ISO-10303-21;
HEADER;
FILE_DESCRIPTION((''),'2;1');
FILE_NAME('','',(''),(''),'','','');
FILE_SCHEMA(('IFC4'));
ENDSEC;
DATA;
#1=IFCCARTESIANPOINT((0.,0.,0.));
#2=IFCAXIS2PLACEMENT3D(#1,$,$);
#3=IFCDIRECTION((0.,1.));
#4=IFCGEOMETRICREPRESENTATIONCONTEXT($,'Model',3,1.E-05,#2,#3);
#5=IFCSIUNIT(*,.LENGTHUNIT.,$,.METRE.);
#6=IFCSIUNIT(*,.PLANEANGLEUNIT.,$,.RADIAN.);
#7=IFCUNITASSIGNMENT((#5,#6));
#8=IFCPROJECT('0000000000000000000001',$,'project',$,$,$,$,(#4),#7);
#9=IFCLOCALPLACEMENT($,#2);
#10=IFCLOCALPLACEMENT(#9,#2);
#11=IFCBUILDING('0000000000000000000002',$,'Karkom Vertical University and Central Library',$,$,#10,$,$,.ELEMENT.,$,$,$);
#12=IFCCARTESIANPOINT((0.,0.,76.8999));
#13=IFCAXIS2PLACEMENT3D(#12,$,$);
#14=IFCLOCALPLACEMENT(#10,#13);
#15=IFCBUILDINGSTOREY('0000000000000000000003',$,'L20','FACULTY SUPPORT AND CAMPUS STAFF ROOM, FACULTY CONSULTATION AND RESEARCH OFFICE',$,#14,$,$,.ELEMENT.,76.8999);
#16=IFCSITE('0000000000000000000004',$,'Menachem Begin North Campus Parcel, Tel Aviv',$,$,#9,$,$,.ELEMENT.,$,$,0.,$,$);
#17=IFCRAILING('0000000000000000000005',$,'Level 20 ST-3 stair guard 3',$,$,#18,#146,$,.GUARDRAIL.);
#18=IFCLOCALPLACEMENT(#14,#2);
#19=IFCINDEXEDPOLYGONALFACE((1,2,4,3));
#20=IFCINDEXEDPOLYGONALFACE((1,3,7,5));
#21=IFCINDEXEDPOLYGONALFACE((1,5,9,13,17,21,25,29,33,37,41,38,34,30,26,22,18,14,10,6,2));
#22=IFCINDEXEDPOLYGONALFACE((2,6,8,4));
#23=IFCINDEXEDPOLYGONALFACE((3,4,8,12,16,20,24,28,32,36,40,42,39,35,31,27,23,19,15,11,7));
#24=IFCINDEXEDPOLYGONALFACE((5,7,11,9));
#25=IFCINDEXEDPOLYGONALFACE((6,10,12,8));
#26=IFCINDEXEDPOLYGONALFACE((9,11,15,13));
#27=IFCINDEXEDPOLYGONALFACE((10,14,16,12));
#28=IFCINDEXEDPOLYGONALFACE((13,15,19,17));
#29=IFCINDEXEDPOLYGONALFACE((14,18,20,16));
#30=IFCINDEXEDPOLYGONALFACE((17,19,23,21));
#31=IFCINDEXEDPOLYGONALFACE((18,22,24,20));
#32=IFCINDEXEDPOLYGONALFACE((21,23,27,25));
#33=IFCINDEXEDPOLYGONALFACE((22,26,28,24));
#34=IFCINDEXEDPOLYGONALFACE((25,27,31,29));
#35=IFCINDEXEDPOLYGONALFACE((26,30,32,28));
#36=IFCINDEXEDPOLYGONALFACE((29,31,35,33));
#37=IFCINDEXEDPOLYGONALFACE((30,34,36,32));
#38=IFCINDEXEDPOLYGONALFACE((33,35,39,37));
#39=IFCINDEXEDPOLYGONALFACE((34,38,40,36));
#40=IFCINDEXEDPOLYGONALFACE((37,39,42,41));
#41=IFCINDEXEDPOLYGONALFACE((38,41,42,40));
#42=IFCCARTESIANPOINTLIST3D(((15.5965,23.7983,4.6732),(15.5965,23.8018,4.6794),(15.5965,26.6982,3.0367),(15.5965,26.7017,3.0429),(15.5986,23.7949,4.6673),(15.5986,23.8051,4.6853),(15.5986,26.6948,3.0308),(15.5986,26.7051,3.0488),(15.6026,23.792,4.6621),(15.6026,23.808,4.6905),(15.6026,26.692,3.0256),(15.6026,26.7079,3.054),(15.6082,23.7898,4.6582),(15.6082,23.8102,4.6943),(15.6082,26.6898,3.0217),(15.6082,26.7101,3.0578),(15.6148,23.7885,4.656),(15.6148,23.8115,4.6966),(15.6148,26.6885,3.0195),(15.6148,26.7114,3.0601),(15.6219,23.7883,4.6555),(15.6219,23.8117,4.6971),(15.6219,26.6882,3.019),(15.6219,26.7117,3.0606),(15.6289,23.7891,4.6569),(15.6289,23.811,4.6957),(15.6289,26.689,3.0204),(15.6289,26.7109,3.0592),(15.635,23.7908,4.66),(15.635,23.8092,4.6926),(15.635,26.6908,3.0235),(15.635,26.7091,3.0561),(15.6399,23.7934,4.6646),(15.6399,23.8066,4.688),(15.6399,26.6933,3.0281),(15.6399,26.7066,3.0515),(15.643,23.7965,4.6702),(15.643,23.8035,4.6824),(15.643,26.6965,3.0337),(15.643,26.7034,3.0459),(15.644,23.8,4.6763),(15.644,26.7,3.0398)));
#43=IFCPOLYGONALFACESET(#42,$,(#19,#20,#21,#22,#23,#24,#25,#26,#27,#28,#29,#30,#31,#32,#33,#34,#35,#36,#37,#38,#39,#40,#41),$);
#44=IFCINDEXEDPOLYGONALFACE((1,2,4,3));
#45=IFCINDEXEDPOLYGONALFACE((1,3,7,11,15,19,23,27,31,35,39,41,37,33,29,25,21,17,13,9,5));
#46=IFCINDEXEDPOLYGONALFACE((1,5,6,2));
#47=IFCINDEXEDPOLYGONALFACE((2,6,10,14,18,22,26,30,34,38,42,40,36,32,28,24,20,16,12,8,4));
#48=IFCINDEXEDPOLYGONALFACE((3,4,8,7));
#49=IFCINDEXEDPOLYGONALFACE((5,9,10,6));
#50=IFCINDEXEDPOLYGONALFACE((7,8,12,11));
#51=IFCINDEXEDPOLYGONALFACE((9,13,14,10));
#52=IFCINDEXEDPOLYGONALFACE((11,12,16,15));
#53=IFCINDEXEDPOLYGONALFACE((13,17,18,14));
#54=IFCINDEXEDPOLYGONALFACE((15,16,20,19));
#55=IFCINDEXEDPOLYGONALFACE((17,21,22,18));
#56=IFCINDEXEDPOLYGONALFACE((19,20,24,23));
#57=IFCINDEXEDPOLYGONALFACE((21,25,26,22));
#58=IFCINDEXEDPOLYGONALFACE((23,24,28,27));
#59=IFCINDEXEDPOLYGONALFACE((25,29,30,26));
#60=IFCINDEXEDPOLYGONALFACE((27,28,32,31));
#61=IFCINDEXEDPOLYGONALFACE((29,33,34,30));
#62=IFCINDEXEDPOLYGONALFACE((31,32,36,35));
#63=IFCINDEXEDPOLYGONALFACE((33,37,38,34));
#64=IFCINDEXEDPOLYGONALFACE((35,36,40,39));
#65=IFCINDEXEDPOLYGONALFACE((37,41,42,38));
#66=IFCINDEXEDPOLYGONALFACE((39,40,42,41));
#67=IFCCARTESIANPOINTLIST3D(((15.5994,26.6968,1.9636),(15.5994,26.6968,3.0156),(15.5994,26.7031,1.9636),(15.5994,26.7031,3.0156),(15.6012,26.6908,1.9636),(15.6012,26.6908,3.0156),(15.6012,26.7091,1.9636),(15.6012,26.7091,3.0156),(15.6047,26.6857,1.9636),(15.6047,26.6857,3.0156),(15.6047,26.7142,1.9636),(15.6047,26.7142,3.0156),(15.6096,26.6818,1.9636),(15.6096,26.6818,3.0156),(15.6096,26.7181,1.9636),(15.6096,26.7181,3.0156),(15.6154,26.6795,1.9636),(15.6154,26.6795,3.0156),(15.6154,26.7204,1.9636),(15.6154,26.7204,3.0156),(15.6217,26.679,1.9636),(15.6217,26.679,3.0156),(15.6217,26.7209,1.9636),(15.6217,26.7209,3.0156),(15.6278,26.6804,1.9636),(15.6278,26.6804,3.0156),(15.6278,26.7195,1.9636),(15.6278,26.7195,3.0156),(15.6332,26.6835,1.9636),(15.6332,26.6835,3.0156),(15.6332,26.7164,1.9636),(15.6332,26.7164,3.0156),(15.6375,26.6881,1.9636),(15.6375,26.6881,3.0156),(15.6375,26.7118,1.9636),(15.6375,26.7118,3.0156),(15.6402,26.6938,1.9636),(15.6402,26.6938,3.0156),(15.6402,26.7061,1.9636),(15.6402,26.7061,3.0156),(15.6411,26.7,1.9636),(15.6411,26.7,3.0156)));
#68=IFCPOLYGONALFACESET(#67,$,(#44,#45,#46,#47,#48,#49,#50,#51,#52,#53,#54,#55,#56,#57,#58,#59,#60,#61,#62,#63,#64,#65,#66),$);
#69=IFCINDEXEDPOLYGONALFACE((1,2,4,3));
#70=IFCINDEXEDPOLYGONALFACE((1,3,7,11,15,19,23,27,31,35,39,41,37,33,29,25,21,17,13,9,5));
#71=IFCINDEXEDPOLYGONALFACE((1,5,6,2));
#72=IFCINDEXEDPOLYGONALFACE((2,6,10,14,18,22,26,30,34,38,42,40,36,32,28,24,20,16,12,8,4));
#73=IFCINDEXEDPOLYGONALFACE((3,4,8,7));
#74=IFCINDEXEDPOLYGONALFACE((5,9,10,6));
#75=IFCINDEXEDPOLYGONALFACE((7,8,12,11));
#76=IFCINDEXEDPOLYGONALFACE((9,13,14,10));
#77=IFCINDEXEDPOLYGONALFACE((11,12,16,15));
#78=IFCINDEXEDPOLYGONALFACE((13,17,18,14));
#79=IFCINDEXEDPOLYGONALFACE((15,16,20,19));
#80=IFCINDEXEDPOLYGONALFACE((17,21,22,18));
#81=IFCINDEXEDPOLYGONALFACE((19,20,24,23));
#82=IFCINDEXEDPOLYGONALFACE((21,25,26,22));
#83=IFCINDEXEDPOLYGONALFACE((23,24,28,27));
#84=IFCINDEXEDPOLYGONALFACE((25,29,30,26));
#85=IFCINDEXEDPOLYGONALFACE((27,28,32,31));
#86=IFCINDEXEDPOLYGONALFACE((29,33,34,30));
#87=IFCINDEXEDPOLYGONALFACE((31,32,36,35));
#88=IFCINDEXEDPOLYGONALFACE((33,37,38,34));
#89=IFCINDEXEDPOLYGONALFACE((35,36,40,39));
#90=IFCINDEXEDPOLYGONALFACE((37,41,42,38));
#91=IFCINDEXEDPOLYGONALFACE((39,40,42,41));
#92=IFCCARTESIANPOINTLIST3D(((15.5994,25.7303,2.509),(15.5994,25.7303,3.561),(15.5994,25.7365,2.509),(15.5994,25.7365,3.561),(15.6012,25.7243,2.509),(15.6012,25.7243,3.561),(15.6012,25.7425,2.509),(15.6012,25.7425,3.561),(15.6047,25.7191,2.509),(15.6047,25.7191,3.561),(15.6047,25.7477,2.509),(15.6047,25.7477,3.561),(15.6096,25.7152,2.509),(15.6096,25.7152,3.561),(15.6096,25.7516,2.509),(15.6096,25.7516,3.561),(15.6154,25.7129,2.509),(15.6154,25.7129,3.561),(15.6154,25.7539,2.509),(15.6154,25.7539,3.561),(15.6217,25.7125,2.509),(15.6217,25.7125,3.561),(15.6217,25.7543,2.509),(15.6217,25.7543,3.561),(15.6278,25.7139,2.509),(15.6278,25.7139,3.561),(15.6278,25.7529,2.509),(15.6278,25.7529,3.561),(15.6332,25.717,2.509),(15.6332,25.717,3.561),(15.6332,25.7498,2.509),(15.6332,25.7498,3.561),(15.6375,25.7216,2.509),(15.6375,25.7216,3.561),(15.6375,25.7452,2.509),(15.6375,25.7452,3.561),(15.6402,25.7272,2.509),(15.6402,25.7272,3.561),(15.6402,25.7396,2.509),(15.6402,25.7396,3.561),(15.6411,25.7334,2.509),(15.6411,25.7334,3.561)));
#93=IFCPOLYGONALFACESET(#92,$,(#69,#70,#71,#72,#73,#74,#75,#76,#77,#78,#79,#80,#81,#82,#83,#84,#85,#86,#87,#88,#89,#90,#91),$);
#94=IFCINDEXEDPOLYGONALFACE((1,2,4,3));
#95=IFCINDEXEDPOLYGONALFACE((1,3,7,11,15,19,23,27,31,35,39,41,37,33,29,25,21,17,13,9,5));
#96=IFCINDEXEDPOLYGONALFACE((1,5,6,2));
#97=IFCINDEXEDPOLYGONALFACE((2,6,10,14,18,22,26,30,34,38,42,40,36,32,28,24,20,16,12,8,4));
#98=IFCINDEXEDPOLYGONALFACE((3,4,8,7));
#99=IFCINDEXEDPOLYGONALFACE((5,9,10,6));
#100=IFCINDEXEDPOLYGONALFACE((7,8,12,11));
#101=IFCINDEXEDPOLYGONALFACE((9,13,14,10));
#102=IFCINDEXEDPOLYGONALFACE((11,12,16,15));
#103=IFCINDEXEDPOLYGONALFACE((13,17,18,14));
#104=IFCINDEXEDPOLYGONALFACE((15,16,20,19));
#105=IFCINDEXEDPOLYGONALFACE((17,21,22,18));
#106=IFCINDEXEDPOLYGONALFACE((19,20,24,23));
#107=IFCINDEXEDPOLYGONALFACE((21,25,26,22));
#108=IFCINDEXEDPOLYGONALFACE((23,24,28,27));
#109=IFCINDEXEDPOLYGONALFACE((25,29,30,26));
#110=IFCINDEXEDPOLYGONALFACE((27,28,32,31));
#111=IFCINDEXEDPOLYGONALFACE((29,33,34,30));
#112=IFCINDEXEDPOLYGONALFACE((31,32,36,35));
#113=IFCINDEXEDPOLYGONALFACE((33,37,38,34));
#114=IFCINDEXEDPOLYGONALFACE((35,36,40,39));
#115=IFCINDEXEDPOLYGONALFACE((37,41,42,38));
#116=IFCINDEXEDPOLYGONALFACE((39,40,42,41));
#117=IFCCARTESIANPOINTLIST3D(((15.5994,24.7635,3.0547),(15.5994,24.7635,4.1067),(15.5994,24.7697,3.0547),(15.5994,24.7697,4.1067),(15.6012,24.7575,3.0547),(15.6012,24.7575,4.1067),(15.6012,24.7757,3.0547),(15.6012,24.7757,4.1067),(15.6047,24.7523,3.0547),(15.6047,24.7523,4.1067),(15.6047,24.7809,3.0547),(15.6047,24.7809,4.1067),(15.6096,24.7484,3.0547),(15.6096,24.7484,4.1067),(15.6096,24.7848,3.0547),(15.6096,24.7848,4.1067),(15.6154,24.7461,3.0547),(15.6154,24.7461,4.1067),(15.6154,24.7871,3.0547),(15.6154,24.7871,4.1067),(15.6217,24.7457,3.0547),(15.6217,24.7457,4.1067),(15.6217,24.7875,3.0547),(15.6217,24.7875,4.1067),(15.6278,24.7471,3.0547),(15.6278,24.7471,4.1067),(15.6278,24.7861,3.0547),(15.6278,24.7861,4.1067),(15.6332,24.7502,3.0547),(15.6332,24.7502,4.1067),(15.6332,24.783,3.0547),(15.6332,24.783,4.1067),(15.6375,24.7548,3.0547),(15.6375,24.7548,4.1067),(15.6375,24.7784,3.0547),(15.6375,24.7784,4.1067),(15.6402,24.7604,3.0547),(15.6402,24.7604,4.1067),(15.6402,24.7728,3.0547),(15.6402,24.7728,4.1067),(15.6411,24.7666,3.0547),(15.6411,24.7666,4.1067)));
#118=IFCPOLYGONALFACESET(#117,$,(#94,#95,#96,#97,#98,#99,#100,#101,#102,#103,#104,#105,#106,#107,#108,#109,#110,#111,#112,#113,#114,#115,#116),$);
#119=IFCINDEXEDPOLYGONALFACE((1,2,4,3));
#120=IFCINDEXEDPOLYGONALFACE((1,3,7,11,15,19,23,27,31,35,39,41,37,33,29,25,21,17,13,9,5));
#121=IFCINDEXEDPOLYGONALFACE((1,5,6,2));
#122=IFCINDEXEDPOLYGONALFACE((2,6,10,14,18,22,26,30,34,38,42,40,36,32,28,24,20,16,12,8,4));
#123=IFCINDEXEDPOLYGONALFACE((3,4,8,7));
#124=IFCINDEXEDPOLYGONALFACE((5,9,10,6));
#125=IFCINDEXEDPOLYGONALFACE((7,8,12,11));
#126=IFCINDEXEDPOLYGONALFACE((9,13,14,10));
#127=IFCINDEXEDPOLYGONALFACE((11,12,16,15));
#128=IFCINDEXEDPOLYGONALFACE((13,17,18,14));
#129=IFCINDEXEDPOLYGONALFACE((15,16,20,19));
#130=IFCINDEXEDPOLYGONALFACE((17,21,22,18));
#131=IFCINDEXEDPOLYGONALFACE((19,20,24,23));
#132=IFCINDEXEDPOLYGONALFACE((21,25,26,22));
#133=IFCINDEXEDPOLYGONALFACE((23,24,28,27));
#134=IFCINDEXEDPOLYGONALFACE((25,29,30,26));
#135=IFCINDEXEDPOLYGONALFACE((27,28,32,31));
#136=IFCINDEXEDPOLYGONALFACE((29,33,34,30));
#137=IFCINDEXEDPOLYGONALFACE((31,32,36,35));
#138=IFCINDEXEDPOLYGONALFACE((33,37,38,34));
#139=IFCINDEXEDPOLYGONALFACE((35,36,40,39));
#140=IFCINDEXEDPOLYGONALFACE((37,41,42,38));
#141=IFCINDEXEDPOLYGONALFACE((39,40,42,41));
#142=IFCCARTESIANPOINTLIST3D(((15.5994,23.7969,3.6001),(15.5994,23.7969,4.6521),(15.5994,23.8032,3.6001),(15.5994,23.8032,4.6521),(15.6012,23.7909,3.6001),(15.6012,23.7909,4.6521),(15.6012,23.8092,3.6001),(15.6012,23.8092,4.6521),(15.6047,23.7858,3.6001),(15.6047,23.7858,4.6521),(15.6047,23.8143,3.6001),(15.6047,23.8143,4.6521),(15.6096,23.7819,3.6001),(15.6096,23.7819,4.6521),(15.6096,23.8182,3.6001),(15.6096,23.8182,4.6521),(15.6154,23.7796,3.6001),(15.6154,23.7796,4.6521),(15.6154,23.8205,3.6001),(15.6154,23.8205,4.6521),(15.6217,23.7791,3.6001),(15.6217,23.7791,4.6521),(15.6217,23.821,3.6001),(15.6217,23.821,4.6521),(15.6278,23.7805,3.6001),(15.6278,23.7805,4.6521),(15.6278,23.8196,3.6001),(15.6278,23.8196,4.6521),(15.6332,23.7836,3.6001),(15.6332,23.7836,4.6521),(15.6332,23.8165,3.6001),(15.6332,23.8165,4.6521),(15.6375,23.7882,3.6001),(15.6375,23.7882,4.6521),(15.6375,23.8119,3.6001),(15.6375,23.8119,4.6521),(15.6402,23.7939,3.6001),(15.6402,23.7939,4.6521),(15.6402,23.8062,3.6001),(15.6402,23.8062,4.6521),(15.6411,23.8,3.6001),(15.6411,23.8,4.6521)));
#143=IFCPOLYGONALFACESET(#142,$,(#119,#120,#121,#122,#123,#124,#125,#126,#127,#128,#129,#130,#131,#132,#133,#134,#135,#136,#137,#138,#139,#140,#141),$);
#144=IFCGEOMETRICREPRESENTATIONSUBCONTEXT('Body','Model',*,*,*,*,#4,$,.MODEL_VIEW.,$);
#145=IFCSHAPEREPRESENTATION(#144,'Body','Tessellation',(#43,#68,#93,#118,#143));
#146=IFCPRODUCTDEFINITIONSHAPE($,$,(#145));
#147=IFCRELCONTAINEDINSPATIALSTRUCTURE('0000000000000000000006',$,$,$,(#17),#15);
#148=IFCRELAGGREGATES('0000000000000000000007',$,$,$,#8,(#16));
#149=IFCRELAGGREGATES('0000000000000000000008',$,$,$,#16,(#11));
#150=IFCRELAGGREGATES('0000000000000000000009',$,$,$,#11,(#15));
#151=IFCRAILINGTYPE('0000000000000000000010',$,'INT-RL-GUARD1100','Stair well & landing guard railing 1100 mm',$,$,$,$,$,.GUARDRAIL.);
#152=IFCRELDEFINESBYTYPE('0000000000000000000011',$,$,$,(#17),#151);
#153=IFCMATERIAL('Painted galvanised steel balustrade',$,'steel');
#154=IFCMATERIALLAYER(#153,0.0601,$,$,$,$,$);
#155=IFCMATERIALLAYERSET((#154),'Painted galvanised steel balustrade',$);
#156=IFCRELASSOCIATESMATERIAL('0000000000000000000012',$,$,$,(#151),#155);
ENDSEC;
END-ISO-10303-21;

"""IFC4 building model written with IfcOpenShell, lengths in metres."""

from ifc_helpers import new_model, si_unit, direction, frame, origin, origin_2d, place, context, subcontext, project, spatial, circle, extrude, material, layer, layer_set, type_object, element, save


model = new_model("IFC4")

# Units and contexts
model_context = context("Model", 3, precision=1e-05, world=origin(), true_north=direction((0.0, 1.0)))
body_context = subcontext(model_context, "Body", "Model", "MODEL_VIEW")
ifc_project = project(units=[si_unit("LENGTHUNIT", "METRE"), si_unit("PLANEANGLEUNIT", "RADIAN")], contexts=[model_context])

# Site, building, storey
site_placement = place(None, origin())
site = spatial("IfcSite", under=ifc_project, at=site_placement, Name="Menachem Begin North Campus Parcel, Tel Aviv", CompositionType="ELEMENT", RefElevation=0.0)
building_placement = place(site_placement, origin())
building = spatial("IfcBuilding", under=site, at=building_placement, Name="Karkom Vertical University and Central Library", CompositionType="ELEMENT")
storey_placement = place(building_placement, frame((0.0, 0.0, 76.8999)))
storey = spatial("IfcBuildingStorey", under=building, at=storey_placement, Name="L20", Description="FACULTY SUPPORT AND CAMPUS STAFF ROOM, FACULTY CONSULTATION AND RESEARCH OFFICE", CompositionType="ELEMENT", Elevation=76.8999)

# Railing
ifc_material_1 = material(Name="Painted galvanised steel balustrade", Category="steel")
ifc_layer_1 = layer(ifc_material_1, 0.0601)
ifc_layer_set_1 = layer_set([ifc_layer_1], Name="Painted galvanised steel balustrade")
railing_type_1 = type_object("IfcRailingType", Name="INT-RL-GUARD1100", Description="Stair well & landing guard railing 1100 mm", PredefinedType="GUARDRAIL", material=ifc_layer_set_1)
railing_1_placement = place(storey_placement, frame((15.6201, 26.7, 1.9636)))
element("IfcRailing", 1, at=railing_1_placement, inside=storey, type_object=railing_type_1, Name="Level 20 ST-3 stair guard 3", PredefinedType="GUARDRAIL", context=body_context, shape_type="SweptSolid", body=[
    extrude(circle(Radius=0.0239, at=origin_2d()), frame((0.0, 0.0, 1.0762), z_axis=(0.0, -0.870897, 0.491465), x_axis=(1.0, 0.0, 0.0)), (0.0, 0.0, 1.0), 3.3298),
    extrude(circle(Radius=0.021, at=origin_2d()), origin(), (0.0, 0.0, 1.0), 1.052),
    extrude(circle(Radius=0.021, at=origin_2d()), frame((0.0, -0.9666, 0.5454)), (0.0, 0.0, 1.0), 1.052),
    extrude(circle(Radius=0.021, at=origin_2d()), frame((0.0, -1.9333, 1.0911)), (0.0, 0.0, 1.0), 1.052),
    extrude(circle(Radius=0.021, at=origin_2d()), frame((0.0, -2.8999, 1.6365)), (0.0, 0.0, 1.0), 1.052),
])

save(model, "model.ifc")
